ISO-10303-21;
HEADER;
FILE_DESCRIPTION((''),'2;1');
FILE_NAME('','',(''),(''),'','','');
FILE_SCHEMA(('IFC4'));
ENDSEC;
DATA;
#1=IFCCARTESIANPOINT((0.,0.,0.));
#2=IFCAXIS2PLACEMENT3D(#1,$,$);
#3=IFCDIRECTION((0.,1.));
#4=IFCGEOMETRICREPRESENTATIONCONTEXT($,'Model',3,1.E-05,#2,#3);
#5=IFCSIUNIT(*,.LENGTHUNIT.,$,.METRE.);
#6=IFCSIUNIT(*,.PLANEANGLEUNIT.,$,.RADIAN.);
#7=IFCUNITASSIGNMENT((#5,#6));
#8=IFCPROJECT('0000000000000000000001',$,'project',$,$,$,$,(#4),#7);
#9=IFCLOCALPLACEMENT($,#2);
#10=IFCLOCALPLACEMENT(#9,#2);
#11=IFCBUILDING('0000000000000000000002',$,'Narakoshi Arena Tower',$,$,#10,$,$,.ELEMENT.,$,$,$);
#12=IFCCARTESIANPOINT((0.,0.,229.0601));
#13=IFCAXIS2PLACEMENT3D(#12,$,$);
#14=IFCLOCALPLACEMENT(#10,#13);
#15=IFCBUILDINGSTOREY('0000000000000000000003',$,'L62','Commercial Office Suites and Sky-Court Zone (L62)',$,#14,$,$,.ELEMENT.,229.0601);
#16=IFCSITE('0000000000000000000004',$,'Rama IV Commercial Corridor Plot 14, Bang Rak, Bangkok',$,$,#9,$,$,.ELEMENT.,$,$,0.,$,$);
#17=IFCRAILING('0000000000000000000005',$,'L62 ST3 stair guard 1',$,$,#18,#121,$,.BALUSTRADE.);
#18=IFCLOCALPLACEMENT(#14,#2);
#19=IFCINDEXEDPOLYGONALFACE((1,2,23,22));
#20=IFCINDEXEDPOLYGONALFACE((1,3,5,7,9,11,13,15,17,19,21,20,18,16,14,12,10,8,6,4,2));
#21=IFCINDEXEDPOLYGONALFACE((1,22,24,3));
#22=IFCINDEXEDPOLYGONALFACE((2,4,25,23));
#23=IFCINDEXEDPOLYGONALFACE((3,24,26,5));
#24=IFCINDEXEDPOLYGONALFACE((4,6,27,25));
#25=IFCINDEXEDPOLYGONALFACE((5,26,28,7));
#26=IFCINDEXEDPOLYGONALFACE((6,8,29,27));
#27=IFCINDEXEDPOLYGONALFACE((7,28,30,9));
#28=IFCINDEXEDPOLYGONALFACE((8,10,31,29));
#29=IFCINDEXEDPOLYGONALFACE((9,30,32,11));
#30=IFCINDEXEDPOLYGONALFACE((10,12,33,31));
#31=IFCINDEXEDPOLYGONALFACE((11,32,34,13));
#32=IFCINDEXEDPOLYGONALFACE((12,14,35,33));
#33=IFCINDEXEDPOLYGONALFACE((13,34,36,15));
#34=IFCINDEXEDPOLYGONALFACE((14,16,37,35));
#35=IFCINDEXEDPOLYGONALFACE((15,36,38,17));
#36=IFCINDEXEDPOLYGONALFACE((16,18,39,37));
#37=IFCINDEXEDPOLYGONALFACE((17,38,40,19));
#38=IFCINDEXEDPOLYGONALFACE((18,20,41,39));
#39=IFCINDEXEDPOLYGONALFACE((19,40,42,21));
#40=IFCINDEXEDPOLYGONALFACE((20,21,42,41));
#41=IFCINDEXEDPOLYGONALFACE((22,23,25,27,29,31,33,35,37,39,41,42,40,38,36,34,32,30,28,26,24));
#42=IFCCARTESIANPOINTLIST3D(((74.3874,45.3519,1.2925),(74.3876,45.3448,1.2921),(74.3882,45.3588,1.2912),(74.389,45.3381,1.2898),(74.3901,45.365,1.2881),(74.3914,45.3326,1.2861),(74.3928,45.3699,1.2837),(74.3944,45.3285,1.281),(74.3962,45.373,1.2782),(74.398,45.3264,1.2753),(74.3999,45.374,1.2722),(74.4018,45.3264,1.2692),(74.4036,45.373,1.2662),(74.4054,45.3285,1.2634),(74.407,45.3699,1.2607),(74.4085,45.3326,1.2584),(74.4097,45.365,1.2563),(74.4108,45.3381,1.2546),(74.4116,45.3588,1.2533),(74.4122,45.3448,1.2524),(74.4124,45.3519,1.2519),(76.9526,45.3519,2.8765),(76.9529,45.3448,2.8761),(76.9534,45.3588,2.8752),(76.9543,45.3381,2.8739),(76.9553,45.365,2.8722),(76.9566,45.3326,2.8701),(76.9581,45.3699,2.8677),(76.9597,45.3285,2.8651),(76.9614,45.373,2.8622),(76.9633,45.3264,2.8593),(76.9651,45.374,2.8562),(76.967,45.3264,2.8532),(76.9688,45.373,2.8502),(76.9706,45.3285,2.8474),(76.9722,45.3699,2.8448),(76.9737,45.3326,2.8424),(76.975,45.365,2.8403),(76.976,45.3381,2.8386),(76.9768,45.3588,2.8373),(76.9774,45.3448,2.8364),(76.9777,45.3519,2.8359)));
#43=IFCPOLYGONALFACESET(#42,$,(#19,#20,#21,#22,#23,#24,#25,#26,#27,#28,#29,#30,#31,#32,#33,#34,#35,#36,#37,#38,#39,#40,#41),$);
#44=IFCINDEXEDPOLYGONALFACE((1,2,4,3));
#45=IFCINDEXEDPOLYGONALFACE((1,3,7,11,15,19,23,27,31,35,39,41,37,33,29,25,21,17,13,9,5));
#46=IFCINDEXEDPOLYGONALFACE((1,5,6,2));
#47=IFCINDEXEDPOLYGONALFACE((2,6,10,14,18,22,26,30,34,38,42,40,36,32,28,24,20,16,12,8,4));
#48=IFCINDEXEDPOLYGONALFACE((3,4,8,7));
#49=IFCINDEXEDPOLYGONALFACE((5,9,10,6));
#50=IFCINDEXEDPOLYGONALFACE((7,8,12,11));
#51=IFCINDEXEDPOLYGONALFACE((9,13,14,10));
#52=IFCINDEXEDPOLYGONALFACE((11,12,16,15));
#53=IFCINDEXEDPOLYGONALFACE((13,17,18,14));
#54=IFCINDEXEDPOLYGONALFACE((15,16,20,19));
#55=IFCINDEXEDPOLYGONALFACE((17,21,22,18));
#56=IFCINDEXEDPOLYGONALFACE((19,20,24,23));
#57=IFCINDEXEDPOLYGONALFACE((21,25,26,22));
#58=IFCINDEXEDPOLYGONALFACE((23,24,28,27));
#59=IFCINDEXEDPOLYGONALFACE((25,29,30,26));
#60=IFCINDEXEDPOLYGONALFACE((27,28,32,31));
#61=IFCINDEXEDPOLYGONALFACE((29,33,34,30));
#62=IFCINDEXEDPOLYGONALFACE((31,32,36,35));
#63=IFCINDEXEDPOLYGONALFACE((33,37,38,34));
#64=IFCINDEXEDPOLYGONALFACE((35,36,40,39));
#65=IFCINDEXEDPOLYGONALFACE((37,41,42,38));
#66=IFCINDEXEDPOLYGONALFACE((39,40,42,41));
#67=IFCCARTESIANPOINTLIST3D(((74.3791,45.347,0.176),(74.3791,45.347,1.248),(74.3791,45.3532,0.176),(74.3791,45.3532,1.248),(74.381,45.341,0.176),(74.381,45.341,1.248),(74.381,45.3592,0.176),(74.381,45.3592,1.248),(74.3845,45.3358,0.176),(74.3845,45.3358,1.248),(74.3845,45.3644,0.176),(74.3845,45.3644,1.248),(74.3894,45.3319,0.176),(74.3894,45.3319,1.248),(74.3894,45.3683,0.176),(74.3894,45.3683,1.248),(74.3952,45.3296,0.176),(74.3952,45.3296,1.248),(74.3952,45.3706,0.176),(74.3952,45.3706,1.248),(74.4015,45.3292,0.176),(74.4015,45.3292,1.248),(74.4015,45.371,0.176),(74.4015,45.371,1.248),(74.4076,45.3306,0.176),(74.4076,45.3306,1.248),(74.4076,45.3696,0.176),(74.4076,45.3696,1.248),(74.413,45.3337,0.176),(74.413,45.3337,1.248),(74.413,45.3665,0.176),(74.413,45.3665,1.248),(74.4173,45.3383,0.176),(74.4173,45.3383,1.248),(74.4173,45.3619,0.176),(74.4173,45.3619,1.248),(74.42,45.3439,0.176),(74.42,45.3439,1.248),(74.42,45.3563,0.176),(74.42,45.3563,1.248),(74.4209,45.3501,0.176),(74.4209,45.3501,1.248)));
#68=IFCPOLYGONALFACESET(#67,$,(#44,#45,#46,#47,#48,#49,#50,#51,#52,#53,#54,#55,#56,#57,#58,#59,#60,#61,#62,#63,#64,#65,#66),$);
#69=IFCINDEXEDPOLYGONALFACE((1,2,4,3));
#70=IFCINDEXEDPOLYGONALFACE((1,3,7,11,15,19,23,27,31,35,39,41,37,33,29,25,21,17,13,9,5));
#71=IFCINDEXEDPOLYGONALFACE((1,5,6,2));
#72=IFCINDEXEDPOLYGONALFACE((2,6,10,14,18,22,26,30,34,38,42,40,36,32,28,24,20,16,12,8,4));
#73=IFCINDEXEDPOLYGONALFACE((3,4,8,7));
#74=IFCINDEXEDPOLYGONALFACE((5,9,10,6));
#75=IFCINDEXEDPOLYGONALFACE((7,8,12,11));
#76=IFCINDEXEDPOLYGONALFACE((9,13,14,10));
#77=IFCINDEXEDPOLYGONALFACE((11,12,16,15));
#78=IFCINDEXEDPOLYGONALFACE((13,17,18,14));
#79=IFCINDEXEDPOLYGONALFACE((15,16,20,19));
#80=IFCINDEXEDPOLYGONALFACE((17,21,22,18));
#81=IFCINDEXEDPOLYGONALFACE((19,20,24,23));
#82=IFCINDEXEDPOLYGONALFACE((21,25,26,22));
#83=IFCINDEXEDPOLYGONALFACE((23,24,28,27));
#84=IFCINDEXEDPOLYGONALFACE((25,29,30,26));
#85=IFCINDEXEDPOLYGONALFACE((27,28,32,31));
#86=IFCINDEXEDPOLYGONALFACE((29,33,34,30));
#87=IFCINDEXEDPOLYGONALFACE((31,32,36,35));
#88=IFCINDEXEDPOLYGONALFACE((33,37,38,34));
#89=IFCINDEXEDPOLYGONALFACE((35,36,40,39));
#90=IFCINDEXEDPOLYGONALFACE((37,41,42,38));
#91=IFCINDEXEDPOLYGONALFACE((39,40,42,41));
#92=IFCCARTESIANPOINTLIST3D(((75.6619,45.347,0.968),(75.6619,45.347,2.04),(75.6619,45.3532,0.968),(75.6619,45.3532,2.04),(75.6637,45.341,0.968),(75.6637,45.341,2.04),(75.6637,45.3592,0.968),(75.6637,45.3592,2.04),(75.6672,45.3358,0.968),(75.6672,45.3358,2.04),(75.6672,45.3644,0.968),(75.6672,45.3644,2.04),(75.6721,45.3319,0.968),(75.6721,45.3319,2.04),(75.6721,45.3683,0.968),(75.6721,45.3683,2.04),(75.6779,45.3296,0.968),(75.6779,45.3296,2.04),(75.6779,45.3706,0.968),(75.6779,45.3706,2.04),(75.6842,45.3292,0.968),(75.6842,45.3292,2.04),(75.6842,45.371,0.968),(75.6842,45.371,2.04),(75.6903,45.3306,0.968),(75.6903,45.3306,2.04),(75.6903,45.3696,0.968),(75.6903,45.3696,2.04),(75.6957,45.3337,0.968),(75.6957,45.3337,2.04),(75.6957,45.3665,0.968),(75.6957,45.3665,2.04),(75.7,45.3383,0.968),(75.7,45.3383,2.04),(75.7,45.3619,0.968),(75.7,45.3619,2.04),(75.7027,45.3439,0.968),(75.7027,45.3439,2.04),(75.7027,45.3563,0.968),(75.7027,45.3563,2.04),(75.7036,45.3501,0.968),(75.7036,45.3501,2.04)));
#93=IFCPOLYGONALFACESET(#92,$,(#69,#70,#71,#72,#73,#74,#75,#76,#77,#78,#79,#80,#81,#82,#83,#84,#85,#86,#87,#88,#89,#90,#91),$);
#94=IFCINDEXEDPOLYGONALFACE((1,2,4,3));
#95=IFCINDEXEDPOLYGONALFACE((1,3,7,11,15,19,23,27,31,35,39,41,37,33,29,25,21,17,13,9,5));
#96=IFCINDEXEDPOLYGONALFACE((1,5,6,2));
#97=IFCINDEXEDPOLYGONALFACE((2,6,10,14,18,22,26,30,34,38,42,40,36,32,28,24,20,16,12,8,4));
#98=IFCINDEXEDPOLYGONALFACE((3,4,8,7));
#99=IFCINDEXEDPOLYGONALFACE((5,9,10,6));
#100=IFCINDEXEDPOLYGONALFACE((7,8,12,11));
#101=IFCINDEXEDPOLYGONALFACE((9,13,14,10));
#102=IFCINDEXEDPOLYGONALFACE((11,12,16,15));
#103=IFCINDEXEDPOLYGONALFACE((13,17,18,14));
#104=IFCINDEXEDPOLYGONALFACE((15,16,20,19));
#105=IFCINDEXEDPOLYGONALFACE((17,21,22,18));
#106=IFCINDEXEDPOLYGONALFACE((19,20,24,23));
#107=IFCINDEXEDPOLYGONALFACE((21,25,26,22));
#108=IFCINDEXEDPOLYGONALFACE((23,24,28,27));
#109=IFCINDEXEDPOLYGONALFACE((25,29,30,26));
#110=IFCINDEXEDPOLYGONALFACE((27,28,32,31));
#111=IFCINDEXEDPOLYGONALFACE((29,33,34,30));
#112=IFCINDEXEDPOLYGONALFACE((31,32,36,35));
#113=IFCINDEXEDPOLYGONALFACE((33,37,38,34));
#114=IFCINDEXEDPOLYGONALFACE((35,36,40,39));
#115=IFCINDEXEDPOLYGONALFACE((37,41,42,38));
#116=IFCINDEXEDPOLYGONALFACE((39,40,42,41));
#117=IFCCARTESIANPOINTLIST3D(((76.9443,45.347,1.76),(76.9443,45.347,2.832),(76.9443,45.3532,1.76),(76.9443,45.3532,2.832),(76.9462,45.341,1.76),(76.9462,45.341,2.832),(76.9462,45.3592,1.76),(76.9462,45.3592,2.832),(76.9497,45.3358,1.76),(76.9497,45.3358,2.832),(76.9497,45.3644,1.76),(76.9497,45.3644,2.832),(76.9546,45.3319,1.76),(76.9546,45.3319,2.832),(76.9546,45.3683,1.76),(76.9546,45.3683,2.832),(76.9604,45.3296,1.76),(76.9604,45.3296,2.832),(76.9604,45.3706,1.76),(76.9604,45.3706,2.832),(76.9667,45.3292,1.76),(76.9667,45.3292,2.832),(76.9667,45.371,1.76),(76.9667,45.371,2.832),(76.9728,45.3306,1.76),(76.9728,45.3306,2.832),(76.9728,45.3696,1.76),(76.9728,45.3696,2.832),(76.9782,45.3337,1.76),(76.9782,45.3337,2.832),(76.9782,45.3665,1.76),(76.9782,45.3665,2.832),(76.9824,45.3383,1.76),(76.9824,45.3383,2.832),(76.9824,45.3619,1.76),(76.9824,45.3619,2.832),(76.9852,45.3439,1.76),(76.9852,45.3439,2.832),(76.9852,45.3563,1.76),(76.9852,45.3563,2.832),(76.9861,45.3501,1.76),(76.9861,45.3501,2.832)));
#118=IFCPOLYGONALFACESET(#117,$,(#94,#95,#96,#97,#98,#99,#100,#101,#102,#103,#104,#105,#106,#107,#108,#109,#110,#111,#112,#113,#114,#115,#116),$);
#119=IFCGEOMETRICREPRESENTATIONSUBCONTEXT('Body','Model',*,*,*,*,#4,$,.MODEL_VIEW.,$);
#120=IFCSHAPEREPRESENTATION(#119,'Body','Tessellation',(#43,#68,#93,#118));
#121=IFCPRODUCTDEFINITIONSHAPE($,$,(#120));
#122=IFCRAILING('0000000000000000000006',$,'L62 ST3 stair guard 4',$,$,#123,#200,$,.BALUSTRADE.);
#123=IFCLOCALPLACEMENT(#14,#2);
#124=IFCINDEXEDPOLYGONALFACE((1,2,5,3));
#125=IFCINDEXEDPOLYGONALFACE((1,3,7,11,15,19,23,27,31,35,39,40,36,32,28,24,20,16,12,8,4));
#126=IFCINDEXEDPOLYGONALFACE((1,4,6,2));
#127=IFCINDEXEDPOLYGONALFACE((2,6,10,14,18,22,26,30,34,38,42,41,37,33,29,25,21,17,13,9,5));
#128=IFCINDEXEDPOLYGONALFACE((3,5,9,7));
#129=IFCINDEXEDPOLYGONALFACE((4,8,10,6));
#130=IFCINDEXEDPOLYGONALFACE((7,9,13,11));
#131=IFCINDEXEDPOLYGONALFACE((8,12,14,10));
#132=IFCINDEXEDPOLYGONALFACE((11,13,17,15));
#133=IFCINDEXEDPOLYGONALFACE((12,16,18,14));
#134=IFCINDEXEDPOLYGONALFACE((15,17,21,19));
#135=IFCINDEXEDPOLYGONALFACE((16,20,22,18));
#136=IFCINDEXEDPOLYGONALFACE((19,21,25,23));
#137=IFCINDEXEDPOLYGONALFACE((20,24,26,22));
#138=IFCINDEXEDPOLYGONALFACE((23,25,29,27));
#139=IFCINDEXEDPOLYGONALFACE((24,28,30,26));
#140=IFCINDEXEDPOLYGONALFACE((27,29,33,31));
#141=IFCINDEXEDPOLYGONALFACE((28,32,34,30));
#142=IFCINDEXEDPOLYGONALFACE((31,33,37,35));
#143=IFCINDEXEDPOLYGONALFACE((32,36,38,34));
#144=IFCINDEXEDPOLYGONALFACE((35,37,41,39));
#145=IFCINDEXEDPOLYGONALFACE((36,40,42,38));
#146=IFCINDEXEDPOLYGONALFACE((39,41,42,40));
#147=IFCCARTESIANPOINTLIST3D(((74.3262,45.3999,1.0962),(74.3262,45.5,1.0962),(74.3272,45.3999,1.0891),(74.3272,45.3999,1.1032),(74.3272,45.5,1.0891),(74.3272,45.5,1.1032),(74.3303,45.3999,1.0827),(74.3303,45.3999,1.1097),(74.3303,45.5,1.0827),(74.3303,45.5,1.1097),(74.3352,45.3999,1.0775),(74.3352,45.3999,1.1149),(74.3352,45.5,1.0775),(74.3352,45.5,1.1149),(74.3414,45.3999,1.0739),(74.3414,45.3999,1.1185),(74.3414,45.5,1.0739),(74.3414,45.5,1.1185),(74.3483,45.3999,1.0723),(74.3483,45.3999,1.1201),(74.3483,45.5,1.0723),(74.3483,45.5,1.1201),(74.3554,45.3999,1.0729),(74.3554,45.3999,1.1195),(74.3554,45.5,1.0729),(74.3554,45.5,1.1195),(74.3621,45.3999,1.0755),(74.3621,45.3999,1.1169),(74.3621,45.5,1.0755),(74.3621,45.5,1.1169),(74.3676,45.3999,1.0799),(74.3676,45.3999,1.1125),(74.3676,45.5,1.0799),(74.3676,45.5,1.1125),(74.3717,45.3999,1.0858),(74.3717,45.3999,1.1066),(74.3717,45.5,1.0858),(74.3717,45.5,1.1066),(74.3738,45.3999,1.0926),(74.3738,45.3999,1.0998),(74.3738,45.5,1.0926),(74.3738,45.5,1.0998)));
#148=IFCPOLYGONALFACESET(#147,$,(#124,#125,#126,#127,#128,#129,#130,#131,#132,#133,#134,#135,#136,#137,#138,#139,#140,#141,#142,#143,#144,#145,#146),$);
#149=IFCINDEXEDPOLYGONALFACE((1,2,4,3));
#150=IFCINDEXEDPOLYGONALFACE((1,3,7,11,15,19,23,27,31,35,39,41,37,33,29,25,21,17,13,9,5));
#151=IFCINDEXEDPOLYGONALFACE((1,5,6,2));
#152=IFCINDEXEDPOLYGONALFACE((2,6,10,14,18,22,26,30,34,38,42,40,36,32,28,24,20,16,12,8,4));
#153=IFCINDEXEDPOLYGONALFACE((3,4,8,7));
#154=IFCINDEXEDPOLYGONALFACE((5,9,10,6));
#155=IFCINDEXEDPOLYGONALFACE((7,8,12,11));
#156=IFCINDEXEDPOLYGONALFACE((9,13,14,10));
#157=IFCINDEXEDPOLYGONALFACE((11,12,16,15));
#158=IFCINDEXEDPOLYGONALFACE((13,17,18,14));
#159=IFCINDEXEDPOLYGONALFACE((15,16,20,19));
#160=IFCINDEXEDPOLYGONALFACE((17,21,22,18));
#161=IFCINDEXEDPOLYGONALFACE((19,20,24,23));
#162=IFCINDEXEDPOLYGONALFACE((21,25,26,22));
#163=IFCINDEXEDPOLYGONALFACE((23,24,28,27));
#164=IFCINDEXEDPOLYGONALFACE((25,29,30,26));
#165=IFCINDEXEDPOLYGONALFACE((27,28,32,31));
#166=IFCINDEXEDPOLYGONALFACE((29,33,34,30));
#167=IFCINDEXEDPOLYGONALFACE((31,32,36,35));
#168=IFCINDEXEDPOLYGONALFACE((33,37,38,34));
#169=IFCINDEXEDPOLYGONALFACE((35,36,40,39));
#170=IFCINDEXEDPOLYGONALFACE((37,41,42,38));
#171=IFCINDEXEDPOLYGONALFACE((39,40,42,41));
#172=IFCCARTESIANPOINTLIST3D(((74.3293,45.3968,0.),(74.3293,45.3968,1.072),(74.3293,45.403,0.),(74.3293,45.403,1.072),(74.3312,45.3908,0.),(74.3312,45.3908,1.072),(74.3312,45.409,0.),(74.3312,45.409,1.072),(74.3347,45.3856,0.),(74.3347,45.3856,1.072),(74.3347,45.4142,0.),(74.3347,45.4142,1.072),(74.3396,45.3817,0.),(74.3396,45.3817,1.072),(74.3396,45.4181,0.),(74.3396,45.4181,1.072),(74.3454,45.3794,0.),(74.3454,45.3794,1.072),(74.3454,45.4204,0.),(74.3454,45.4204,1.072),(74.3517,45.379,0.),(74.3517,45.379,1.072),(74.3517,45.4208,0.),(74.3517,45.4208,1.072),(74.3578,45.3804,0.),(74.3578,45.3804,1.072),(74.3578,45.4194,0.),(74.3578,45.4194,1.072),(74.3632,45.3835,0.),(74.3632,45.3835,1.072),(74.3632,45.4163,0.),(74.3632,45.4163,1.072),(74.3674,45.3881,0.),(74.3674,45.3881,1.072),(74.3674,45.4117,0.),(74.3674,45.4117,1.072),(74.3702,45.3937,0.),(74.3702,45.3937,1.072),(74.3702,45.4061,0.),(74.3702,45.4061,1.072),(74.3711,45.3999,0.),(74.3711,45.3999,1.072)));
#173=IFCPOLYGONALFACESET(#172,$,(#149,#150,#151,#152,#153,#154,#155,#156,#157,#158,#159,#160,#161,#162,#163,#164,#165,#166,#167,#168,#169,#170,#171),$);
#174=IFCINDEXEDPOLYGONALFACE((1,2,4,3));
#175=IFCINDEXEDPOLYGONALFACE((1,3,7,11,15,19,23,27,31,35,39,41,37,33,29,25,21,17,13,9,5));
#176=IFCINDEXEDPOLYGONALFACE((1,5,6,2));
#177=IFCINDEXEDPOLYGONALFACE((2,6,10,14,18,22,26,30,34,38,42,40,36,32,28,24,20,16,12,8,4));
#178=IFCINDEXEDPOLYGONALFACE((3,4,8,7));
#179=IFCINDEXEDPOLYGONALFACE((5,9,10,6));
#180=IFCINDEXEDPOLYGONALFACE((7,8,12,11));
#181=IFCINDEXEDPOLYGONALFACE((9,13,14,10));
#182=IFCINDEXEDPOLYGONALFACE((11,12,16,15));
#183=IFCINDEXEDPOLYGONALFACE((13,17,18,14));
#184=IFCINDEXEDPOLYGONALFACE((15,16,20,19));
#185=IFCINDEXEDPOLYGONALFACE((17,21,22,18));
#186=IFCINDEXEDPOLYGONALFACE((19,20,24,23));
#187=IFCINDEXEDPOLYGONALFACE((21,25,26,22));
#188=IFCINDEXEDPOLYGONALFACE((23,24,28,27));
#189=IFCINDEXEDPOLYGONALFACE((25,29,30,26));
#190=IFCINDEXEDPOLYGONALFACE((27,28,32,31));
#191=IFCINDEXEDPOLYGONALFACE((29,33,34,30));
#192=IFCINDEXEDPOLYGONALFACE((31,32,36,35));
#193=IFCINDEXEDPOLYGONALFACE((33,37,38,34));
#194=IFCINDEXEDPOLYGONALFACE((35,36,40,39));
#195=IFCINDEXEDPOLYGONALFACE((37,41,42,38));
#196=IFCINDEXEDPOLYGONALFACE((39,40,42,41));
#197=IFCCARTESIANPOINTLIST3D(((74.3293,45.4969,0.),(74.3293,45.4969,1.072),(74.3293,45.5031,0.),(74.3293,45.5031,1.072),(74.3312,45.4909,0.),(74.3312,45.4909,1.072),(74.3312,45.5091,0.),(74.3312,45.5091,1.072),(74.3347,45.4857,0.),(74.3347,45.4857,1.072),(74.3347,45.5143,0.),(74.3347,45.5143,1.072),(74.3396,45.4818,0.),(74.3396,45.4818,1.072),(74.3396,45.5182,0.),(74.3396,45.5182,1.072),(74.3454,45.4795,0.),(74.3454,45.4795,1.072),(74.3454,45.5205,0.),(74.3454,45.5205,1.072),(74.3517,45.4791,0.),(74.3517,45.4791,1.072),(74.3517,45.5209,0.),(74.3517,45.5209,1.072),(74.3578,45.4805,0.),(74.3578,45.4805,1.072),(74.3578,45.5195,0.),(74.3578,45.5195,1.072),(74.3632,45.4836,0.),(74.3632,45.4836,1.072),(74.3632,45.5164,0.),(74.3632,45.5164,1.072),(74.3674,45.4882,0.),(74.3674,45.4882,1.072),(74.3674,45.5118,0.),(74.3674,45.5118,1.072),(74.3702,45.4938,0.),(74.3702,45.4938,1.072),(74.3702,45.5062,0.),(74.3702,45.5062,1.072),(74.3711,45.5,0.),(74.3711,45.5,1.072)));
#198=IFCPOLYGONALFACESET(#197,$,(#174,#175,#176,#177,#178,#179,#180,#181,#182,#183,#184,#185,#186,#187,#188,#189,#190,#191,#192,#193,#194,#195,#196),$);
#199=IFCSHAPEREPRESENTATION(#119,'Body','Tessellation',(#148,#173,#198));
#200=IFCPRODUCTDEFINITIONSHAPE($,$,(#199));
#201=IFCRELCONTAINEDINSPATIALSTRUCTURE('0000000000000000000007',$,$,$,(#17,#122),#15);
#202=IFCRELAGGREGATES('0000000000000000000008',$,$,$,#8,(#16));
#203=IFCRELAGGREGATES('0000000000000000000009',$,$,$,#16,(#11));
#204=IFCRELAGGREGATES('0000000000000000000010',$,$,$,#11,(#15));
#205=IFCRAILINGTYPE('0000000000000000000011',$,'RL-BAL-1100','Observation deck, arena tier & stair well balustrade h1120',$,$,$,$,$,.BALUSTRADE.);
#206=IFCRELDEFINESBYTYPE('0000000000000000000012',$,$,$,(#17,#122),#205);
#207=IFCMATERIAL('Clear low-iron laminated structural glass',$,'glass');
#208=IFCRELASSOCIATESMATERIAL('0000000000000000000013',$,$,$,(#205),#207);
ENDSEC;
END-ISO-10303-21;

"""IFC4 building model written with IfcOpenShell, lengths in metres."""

from ifc_helpers import new_model, si_unit, direction, frame, origin, origin_2d, place, context, subcontext, project, spatial, circle, extrude, material, type_object, element, save


model = new_model("IFC4")

# Units and contexts
model_context = context("Model", 3, precision=1e-05, world=origin(), true_north=direction((0.0, 1.0)))
body_context = subcontext(model_context, "Body", "Model", "MODEL_VIEW")
ifc_project = project(units=[si_unit("LENGTHUNIT", "METRE"), si_unit("PLANEANGLEUNIT", "RADIAN")], contexts=[model_context])

# Site, building, storey
site_placement = place(None, origin())
site = spatial("IfcSite", under=ifc_project, at=site_placement, Name="Rama IV Commercial Corridor Plot 14, Bang Rak, Bangkok", CompositionType="ELEMENT", RefElevation=0.0)
building_placement = place(site_placement, origin())
building = spatial("IfcBuilding", under=site, at=building_placement, Name="Narakoshi Arena Tower", CompositionType="ELEMENT")
storey_placement = place(building_placement, frame((0.0, 0.0, 229.0601)))
storey = spatial("IfcBuildingStorey", under=building, at=storey_placement, Name="L62", Description="Commercial Office Suites and Sky-Court Zone (L62)", CompositionType="ELEMENT", Elevation=229.0601)

# Railings
ifc_material_1 = material(Name="Clear low-iron laminated structural glass", Category="glass")
railing_type_1 = type_object("IfcRailingType", Name="RL-BAL-1100", Description="Observation deck, arena tier & stair well balustrade h1120", PredefinedType="BALUSTRADE", material=ifc_material_1)
railing_1_placement = place(storey_placement, frame((74.3999, 45.3501, 0.176)))
element("IfcRailing", 1, at=railing_1_placement, inside=storey, type_object=railing_type_1, Name="L62 ST3 stair guard 1", PredefinedType="BALUSTRADE", context=body_context, shape_type="SweptSolid", body=[
    extrude(circle(Radius=0.0239, at=origin_2d()), frame((0.0, 0.0, 1.0962), z_axis=(0.850857, 0.0, 0.525398), x_axis=(0.0, 1.0, 0.0)), (0.0, 0.0, 1.0), 3.0149),
    extrude(circle(Radius=0.021, at=origin_2d()), origin(), (0.0, 0.0, 1.0), 1.072),
    extrude(circle(Radius=0.021, at=origin_2d()), frame((1.2827, 0.0, 0.792)), (0.0, 0.0, 1.0), 1.072),
    extrude(circle(Radius=0.021, at=origin_2d()), frame((2.5652, 0.0, 1.584)), (0.0, 0.0, 1.0), 1.072),
])
railing_2_placement = place(storey_placement, frame((74.3501, 45.3999, 0.0)))
element("IfcRailing", 2, at=railing_2_placement, inside=storey, type_object=railing_type_1, Name="L62 ST3 stair guard 4", PredefinedType="BALUSTRADE", context=body_context, shape_type="SweptSolid", body=[
    extrude(circle(Radius=0.0239, at=origin_2d()), frame((0.0, 0.0, 1.0962), z_axis=(0.0, 1.0, 0.0), x_axis=(-1.0, 0.0, 0.0)), (0.0, 0.0, 1.0), 0.1001),
    extrude(circle(Radius=0.021, at=origin_2d()), origin(), (0.0, 0.0, 1.0), 1.072),
    extrude(circle(Radius=0.021, at=origin_2d()), frame((0.0, 0.1001, 0.0)), (0.0, 0.0, 1.0), 1.072),
])

save(model, "model.ifc")
